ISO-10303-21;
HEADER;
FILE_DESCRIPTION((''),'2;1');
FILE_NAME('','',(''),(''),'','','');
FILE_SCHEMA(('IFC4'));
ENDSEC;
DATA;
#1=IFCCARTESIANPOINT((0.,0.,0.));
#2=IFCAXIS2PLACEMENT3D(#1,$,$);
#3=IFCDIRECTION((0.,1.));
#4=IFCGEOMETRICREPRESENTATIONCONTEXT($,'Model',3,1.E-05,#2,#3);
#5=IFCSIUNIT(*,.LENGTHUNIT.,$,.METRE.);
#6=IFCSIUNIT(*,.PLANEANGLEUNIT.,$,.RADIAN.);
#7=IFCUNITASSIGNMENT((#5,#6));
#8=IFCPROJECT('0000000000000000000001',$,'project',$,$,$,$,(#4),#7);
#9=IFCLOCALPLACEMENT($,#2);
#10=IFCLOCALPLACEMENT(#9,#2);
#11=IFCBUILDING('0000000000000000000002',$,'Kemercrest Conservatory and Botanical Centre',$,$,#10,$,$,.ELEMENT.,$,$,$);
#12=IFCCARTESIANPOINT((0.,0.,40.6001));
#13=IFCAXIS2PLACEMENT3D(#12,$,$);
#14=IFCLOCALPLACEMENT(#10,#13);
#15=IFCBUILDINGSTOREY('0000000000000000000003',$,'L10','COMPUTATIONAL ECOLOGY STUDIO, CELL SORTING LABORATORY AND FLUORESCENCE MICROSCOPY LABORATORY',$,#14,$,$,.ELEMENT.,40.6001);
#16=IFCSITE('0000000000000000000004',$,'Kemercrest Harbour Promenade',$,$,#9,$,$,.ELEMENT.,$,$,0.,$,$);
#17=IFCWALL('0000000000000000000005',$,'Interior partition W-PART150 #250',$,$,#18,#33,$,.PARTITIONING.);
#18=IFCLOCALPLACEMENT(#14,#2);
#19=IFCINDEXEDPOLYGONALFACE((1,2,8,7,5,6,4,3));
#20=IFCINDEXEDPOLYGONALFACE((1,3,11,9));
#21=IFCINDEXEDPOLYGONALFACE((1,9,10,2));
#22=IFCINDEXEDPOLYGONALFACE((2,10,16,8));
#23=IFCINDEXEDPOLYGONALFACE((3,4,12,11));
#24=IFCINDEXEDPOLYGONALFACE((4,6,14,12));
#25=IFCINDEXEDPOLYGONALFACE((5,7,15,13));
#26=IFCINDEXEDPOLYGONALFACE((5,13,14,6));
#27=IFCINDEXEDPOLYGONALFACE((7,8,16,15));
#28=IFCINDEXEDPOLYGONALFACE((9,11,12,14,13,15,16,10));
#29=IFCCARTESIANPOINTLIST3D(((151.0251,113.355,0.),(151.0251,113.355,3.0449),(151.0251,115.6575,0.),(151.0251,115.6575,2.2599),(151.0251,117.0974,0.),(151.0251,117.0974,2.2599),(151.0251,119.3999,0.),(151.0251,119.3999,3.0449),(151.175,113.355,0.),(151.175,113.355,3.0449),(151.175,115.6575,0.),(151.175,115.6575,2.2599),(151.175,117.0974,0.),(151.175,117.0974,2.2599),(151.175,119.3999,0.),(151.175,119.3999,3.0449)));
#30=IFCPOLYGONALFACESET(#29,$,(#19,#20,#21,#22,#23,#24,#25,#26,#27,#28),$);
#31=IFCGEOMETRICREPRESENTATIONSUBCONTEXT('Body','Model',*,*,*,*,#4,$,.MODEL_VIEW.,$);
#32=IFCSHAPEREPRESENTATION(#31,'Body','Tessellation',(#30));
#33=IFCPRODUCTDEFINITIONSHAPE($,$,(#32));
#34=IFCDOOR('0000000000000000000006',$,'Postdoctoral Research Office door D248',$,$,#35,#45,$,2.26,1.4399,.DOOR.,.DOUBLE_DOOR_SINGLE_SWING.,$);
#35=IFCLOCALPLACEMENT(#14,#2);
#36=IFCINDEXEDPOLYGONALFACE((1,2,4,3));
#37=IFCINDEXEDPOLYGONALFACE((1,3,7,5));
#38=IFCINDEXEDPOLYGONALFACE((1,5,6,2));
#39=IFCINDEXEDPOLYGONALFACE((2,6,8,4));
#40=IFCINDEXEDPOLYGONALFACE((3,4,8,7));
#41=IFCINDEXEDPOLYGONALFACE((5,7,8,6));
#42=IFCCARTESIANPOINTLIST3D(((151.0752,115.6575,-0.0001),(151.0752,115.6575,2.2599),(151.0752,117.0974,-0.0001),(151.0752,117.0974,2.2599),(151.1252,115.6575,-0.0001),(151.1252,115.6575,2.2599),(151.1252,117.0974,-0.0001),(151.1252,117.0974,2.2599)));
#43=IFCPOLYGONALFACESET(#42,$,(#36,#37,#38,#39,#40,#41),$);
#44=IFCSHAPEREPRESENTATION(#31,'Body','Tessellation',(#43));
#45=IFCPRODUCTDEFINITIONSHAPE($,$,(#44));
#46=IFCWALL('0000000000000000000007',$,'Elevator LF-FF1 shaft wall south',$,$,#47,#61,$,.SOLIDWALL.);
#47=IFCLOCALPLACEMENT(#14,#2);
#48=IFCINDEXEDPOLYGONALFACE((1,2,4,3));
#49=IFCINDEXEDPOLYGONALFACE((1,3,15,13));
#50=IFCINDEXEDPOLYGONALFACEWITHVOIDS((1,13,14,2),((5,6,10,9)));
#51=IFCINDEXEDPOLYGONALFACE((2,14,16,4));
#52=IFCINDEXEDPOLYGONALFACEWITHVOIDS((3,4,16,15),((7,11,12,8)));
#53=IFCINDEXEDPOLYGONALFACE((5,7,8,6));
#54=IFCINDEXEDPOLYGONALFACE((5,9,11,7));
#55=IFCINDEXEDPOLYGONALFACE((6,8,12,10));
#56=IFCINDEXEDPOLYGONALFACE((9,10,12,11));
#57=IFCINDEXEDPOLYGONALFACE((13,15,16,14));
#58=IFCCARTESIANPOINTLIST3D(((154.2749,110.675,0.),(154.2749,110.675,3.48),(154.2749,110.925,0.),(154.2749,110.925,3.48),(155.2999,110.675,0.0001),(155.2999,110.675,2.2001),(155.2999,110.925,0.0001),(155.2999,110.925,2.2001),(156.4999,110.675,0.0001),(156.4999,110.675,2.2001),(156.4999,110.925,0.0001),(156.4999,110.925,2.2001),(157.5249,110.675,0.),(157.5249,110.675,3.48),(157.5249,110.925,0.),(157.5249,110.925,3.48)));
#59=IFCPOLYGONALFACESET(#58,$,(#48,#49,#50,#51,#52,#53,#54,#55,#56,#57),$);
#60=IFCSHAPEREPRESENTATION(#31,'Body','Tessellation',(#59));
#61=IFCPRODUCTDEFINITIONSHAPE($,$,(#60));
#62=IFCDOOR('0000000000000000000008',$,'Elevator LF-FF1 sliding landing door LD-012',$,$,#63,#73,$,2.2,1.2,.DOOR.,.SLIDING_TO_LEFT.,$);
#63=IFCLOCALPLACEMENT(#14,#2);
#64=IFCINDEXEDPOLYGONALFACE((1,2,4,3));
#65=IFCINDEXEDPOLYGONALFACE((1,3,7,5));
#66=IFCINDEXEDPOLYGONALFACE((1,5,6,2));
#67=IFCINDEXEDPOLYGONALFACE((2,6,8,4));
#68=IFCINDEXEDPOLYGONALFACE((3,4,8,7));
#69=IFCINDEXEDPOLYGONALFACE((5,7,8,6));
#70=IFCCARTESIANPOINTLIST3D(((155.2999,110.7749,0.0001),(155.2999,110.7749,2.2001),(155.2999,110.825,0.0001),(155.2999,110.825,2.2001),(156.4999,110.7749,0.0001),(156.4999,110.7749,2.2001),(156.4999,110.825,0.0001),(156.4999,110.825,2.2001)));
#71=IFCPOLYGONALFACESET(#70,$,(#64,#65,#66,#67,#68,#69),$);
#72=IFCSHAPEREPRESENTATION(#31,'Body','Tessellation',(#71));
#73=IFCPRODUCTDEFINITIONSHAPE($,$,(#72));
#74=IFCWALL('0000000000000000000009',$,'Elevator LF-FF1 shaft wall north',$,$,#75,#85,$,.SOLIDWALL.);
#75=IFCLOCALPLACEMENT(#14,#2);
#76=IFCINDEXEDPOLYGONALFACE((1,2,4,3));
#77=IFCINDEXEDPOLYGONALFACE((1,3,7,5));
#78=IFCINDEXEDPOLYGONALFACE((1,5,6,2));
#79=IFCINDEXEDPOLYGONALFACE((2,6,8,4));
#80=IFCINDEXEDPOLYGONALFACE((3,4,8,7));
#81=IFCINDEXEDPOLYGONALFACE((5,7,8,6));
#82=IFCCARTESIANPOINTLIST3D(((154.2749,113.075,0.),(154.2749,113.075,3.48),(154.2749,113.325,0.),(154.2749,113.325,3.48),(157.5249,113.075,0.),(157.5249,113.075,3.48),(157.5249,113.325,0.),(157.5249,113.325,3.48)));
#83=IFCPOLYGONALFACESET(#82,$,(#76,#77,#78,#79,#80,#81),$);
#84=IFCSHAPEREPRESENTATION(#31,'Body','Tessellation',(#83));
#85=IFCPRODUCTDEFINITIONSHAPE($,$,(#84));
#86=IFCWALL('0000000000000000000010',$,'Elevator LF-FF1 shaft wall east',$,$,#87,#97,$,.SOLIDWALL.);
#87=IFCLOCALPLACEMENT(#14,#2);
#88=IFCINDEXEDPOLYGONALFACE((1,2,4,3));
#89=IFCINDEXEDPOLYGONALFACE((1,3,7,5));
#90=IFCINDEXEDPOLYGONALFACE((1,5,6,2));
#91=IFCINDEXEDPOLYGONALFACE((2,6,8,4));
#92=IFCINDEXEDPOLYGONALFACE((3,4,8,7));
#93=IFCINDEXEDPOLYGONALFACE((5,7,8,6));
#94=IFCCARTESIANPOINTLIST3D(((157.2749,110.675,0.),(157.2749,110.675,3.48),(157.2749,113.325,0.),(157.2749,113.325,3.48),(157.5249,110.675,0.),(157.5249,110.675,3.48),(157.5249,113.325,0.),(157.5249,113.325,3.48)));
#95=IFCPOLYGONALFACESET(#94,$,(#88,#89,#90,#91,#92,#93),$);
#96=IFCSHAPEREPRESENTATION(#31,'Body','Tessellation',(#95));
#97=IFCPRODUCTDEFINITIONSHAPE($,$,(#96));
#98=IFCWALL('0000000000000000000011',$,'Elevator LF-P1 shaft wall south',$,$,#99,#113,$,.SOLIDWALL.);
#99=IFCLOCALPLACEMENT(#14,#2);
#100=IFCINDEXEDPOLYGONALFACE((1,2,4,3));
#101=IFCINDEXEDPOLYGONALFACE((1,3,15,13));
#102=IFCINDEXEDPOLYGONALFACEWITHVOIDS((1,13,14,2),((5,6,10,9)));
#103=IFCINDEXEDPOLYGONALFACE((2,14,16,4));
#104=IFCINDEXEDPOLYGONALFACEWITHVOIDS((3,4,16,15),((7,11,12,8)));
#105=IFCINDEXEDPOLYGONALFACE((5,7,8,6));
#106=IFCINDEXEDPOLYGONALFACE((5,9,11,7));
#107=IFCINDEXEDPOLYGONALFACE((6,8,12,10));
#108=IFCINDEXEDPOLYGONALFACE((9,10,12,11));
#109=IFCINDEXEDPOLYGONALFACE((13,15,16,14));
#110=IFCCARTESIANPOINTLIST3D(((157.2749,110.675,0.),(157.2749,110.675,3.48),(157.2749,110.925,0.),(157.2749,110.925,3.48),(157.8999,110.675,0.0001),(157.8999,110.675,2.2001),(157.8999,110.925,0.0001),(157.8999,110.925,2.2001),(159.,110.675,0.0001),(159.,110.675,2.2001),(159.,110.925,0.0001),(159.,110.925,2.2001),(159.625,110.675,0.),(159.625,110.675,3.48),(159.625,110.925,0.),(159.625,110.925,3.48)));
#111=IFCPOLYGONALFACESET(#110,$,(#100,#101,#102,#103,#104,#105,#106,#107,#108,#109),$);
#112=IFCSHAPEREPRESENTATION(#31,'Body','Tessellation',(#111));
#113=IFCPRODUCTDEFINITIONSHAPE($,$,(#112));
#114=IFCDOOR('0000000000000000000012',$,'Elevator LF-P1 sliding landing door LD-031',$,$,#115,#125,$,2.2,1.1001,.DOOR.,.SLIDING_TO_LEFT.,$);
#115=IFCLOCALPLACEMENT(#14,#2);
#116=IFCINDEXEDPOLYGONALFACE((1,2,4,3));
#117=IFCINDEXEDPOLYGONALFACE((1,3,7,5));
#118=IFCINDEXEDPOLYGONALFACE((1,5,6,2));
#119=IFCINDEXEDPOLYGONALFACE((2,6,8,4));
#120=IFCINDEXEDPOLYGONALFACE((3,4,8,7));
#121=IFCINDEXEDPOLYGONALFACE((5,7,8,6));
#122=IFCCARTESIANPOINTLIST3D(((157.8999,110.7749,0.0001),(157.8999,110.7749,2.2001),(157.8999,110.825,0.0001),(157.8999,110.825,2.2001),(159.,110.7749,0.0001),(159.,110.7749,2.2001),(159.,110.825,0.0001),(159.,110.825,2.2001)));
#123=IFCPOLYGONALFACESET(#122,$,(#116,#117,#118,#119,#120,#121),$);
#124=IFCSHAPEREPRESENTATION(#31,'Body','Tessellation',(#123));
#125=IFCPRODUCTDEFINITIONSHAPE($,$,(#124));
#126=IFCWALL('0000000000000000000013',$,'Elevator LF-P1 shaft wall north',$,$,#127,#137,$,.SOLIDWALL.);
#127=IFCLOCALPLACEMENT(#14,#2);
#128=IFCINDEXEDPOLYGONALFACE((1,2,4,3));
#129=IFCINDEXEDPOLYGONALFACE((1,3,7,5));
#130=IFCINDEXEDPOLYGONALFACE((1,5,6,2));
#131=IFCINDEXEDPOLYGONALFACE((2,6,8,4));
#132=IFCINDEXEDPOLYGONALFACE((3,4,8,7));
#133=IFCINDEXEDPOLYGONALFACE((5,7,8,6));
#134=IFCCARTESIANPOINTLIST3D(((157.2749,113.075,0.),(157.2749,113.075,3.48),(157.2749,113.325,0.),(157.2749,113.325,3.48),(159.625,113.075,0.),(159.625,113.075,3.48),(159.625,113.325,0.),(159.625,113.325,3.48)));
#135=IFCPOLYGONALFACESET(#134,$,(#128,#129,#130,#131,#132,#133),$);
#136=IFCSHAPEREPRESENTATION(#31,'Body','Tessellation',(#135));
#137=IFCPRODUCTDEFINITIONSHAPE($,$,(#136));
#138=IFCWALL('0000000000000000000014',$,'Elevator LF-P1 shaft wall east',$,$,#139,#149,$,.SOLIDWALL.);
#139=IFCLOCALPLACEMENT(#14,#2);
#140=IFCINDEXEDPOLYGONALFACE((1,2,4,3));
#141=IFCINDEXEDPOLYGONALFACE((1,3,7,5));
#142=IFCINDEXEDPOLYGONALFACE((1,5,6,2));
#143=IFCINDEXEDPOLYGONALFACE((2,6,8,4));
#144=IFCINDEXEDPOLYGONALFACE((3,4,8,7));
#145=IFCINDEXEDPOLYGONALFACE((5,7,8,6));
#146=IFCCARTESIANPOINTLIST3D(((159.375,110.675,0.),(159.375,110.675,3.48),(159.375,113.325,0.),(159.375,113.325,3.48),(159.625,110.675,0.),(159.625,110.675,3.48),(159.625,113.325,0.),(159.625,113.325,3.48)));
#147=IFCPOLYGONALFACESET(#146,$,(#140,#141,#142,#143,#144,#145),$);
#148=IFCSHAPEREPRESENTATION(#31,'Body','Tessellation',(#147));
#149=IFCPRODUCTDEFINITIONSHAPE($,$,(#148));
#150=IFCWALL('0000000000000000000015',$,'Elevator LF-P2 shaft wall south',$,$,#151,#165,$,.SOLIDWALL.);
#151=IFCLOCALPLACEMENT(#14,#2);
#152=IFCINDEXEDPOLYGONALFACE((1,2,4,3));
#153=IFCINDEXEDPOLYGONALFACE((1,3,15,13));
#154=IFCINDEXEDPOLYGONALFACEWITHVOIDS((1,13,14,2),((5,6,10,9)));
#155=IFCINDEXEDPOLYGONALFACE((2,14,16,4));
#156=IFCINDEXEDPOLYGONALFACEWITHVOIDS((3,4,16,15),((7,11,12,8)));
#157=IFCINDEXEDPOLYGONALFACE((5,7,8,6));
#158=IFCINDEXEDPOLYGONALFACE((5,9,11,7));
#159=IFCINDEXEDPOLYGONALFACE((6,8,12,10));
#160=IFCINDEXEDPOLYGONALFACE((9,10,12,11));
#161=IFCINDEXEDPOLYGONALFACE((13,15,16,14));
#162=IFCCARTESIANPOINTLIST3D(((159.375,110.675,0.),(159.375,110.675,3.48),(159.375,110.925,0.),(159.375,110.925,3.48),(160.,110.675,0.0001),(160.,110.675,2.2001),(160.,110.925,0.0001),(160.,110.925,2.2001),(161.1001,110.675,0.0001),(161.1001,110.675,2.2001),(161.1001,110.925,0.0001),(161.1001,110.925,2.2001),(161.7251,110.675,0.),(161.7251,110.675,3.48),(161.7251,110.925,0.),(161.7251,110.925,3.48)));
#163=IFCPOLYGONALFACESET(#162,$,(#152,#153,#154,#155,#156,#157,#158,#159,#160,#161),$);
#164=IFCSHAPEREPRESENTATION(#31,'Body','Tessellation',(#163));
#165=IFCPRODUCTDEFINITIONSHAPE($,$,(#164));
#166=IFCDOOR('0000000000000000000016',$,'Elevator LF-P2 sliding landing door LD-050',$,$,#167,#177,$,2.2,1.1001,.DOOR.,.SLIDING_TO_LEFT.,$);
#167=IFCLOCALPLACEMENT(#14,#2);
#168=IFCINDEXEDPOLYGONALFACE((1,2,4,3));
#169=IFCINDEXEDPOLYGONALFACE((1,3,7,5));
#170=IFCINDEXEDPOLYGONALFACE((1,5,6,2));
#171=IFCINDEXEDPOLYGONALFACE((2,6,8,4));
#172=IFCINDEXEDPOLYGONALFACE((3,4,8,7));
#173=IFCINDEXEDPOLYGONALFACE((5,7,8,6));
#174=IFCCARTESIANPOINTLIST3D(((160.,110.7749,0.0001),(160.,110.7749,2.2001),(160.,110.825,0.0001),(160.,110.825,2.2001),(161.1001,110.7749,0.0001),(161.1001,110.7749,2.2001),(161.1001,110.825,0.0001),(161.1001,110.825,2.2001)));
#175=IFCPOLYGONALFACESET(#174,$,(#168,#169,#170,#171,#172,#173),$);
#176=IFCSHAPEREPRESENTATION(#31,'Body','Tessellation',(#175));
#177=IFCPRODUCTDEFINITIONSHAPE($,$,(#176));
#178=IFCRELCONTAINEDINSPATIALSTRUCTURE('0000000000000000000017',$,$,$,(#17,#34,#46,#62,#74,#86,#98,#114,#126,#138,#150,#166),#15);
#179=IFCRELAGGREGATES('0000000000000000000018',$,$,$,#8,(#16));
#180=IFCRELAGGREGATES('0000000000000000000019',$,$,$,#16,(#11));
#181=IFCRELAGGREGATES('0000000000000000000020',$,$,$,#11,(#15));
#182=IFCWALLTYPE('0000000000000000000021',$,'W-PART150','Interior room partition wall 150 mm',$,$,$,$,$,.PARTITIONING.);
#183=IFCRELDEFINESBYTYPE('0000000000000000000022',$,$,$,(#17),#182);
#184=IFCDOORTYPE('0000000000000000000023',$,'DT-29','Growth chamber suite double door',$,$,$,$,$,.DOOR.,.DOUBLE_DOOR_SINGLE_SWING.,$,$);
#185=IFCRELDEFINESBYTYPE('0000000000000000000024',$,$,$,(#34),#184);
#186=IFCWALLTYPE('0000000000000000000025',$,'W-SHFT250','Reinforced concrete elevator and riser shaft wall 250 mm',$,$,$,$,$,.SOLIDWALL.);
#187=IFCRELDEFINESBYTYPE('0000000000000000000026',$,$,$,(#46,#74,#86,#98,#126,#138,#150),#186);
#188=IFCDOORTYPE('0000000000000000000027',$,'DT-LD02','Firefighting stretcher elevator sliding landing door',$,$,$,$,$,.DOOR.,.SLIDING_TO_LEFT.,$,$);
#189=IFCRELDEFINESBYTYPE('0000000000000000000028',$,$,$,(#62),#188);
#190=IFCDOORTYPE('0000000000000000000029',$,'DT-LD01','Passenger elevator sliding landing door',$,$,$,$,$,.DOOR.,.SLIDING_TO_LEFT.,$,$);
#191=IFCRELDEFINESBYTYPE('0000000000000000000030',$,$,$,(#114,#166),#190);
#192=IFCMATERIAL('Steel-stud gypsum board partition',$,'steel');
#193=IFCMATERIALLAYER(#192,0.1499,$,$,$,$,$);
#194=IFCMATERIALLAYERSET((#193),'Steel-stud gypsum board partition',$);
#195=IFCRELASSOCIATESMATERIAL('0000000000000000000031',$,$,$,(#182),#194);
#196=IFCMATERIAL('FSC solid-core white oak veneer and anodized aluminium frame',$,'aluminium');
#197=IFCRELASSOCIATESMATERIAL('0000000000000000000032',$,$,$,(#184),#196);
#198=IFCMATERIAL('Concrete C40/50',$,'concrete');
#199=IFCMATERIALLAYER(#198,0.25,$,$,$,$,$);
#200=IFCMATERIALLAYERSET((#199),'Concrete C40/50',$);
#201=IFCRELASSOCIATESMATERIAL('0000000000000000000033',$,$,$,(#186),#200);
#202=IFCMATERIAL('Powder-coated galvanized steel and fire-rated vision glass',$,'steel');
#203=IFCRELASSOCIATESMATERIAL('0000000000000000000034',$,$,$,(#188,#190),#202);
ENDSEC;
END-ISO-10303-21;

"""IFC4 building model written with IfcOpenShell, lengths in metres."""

from ifc_helpers import new_model, si_unit, direction, frame, frame_2d, origin, place, context, subcontext, project, spatial, rectangle, extrude, material, layer, layer_set, type_object, element, fill, save


model = new_model("IFC4")

# Units and contexts
model_context = context("Model", 3, precision=1e-05, world=origin(), true_north=direction((0.0, 1.0)))
body_context = subcontext(model_context, "Body", "Model", "MODEL_VIEW")
ifc_project = project(units=[si_unit("LENGTHUNIT", "METRE"), si_unit("PLANEANGLEUNIT", "RADIAN")], contexts=[model_context])

# Site, building, storey
site_placement = place(None, origin())
site = spatial("IfcSite", under=ifc_project, at=site_placement, Name="Kemercrest Harbour Promenade", CompositionType="ELEMENT", RefElevation=0.0)
building_placement = place(site_placement, origin())
building = spatial("IfcBuilding", under=site, at=building_placement, Name="Kemercrest Conservatory and Botanical Centre", CompositionType="ELEMENT")
storey_placement = place(building_placement, frame((0.0, 0.0, 40.6001)))
storey = spatial("IfcBuildingStorey", under=building, at=storey_placement, Name="L10", Description="COMPUTATIONAL ECOLOGY STUDIO, CELL SORTING LABORATORY AND FLUORESCENCE MICROSCOPY LABORATORY", CompositionType="ELEMENT", Elevation=40.6001)

# Shared definitions
ifc_material_1 = material(Name="Concrete C40/50", Category="concrete")

# Walls, openings, doors
ifc_material_2 = material(Name="Steel-stud gypsum board partition", Category="steel")
ifc_layer_1 = layer(ifc_material_2, 0.1499)
ifc_layer_set_1 = layer_set([ifc_layer_1], Name="Steel-stud gypsum board partition")
wall_type_1 = type_object("IfcWallType", Name="W-PART150", Description="Interior room partition wall 150 mm", PredefinedType="PARTITIONING", material=ifc_layer_set_1)
wall_1_placement = place(storey_placement, frame((151.1001, 113.355, 0.0), z_axis=(0.0, 0.0, 1.0), x_axis=(0.0, 1.0, 0.0)))
wall_1 = element("IfcWall", 1, at=wall_1_placement, inside=storey, type_object=wall_type_1, Name="Interior partition W-PART150 #250", PredefinedType="PARTITIONING", context=body_context, shape_type="SweptSolid", body=[
    extrude(rectangle(XDim=6.0449, YDim=0.1499, at=frame_2d((3.0225, 0.0))), origin(), (0.0, 0.0, 1.0), 3.0449),
])
opening_1_placement = place(wall_1_placement, frame((2.3025, 0.0, 0.0)))
opening_1 = element("IfcOpeningElement", 2, at=opening_1_placement, cuts=wall_1, PredefinedType="OPENING", context=body_context, shape_type="SweptSolid", body=[
    extrude(rectangle(XDim=1.4399, YDim=2.26, at=frame_2d((0.72, 1.1299))), frame((0.0, 0.085, 0.0), z_axis=(0.0, -1.0, 0.0), x_axis=(1.0, 0.0, 0.0)), (0.0, 0.0, 1.0), 0.1699),
])
ifc_material_3 = material(Name="FSC solid-core white oak veneer and anodized aluminium frame", Category="aluminium")
door_type_1 = type_object("IfcDoorType", Name="DT-29", Description="Growth chamber suite double door", OperationType="DOUBLE_DOOR_SINGLE_SWING", PredefinedType="DOOR", material=ifc_material_3)
door_1_placement = place(opening_1_placement, origin())
door_1 = element("IfcDoor", 3, at=door_1_placement, inside=storey, type_object=door_type_1, Name="Postdoctoral Research Office door D248", OperationType="DOUBLE_DOOR_SINGLE_SWING", OverallHeight=2.26, OverallWidth=1.4399, PredefinedType="DOOR", context=body_context, shape_type="SweptSolid", body=[
    extrude(rectangle(XDim=1.4399, YDim=2.26, at=frame_2d((0.72, 1.1299))), frame((0.0, 0.0249, 0.0), z_axis=(0.0, -1.0, 0.0), x_axis=(1.0, 0.0, 0.0)), (0.0, 0.0, 1.0), 0.05),
])
fill(opening_1, door_1)
ifc_layer_2 = layer(ifc_material_1, 0.25)
ifc_layer_set_2 = layer_set([ifc_layer_2], Name="Concrete C40/50")
wall_type_2 = type_object("IfcWallType", Name="W-SHFT250", Description="Reinforced concrete elevator and riser shaft wall 250 mm", PredefinedType="SOLIDWALL", material=ifc_layer_set_2)
wall_2_placement = place(storey_placement, frame((154.2749, 110.8, 0.0), z_axis=(0.0, 0.0, 1.0), x_axis=(1.0, 0.0, 0.0)))
wall_2 = element("IfcWall", 4, at=wall_2_placement, inside=storey, type_object=wall_type_2, Name="Elevator LF-FF1 shaft wall south", PredefinedType="SOLIDWALL", context=body_context, shape_type="SweptSolid", body=[
    extrude(rectangle(XDim=3.25, YDim=0.25, at=frame_2d((1.625, 0.0))), origin(), (0.0, 0.0, 1.0), 3.48),
])
opening_2_placement = place(wall_2_placement, frame((1.0249, 0.0, 0.0)))
opening_2 = element("IfcOpeningElement", 5, at=opening_2_placement, cuts=wall_2, PredefinedType="OPENING", context=body_context, shape_type="SweptSolid", body=[
    extrude(rectangle(XDim=1.2, YDim=2.2, at=frame_2d((0.6001, 1.1001))), frame((0.0, 0.135, 0.0), z_axis=(0.0, -1.0, 0.0), x_axis=(1.0, 0.0, 0.0)), (0.0, 0.0, 1.0), 0.27),
])
ifc_material_4 = material(Name="Powder-coated galvanized steel and fire-rated vision glass", Category="steel")
door_type_2 = type_object("IfcDoorType", Name="DT-LD02", Description="Firefighting stretcher elevator sliding landing door", OperationType="SLIDING_TO_LEFT", PredefinedType="DOOR", material=ifc_material_4)
door_2_placement = place(opening_2_placement, origin())
door_2 = element("IfcDoor", 6, at=door_2_placement, inside=storey, type_object=door_type_2, Name="Elevator LF-FF1 sliding landing door LD-012", OperationType="SLIDING_TO_LEFT", OverallHeight=2.2, OverallWidth=1.2, PredefinedType="DOOR", context=body_context, shape_type="SweptSolid", body=[
    extrude(rectangle(XDim=1.2, YDim=2.2, at=frame_2d((0.6001, 1.1001))), frame((0.0, 0.0249, 0.0), z_axis=(0.0, -1.0, 0.0), x_axis=(1.0, 0.0, 0.0)), (0.0, 0.0, 1.0), 0.05),
])
fill(opening_2, door_2)

# Walls
wall_3_placement = place(storey_placement, frame((154.2749, 113.2, 0.0), z_axis=(0.0, 0.0, 1.0), x_axis=(1.0, 0.0, 0.0)))
element("IfcWall", 7, at=wall_3_placement, inside=storey, type_object=wall_type_2, Name="Elevator LF-FF1 shaft wall north", PredefinedType="SOLIDWALL", context=body_context, shape_type="SweptSolid", body=[
    extrude(rectangle(XDim=3.25, YDim=0.25, at=frame_2d((1.625, 0.0))), origin(), (0.0, 0.0, 1.0), 3.48),
])
wall_4_placement = place(storey_placement, frame((157.3999, 110.675, 0.0), z_axis=(0.0, 0.0, 1.0), x_axis=(0.0, 1.0, 0.0)))
element("IfcWall", 8, at=wall_4_placement, inside=storey, type_object=wall_type_2, Name="Elevator LF-FF1 shaft wall east", PredefinedType="SOLIDWALL", context=body_context, shape_type="SweptSolid", body=[
    extrude(rectangle(XDim=2.6499, YDim=0.25, at=frame_2d((1.325, 0.0))), origin(), (0.0, 0.0, 1.0), 3.48),
])

# Wall, opening, door
wall_5_placement = place(storey_placement, frame((157.2749, 110.8, 0.0), z_axis=(0.0, 0.0, 1.0), x_axis=(1.0, 0.0, 0.0)))
wall_5 = element("IfcWall", 9, at=wall_5_placement, inside=storey, type_object=wall_type_2, Name="Elevator LF-P1 shaft wall south", PredefinedType="SOLIDWALL", context=body_context, shape_type="SweptSolid", body=[
    extrude(rectangle(XDim=2.3501, YDim=0.25, at=frame_2d((1.175, 0.0))), origin(), (0.0, 0.0, 1.0), 3.48),
])
opening_3_placement = place(wall_5_placement, frame((0.625, 0.0, 0.0)))
opening_3 = element("IfcOpeningElement", 10, at=opening_3_placement, cuts=wall_5, PredefinedType="OPENING", context=body_context, shape_type="SweptSolid", body=[
    extrude(rectangle(XDim=1.1001, YDim=2.2, at=frame_2d((0.55, 1.1001))), frame((0.0, 0.135, 0.0), z_axis=(0.0, -1.0, 0.0), x_axis=(1.0, 0.0, 0.0)), (0.0, 0.0, 1.0), 0.27),
])
door_type_3 = type_object("IfcDoorType", Name="DT-LD01", Description="Passenger elevator sliding landing door", OperationType="SLIDING_TO_LEFT", PredefinedType="DOOR", material=ifc_material_4)
door_3_placement = place(opening_3_placement, origin())
door_3 = element("IfcDoor", 11, at=door_3_placement, inside=storey, type_object=door_type_3, Name="Elevator LF-P1 sliding landing door LD-031", OperationType="SLIDING_TO_LEFT", OverallHeight=2.2, OverallWidth=1.1001, PredefinedType="DOOR", context=body_context, shape_type="SweptSolid", body=[
    extrude(rectangle(XDim=1.1001, YDim=2.2, at=frame_2d((0.55, 1.1001))), frame((0.0, 0.0249, 0.0), z_axis=(0.0, -1.0, 0.0), x_axis=(1.0, 0.0, 0.0)), (0.0, 0.0, 1.0), 0.05),
])
fill(opening_3, door_3)

# Walls
wall_6_placement = place(storey_placement, frame((157.2749, 113.2, 0.0), z_axis=(0.0, 0.0, 1.0), x_axis=(1.0, 0.0, 0.0)))
element("IfcWall", 12, at=wall_6_placement, inside=storey, type_object=wall_type_2, Name="Elevator LF-P1 shaft wall north", PredefinedType="SOLIDWALL", context=body_context, shape_type="SweptSolid", body=[
    extrude(rectangle(XDim=2.3501, YDim=0.25, at=frame_2d((1.175, 0.0))), origin(), (0.0, 0.0, 1.0), 3.48),
])
wall_7_placement = place(storey_placement, frame((159.5, 110.675, 0.0), z_axis=(0.0, 0.0, 1.0), x_axis=(0.0, 1.0, 0.0)))
element("IfcWall", 13, at=wall_7_placement, inside=storey, type_object=wall_type_2, Name="Elevator LF-P1 shaft wall east", PredefinedType="SOLIDWALL", context=body_context, shape_type="SweptSolid", body=[
    extrude(rectangle(XDim=2.6499, YDim=0.25, at=frame_2d((1.325, 0.0))), origin(), (0.0, 0.0, 1.0), 3.48),
])

# Wall, opening, door
wall_8_placement = place(storey_placement, frame((159.375, 110.8, 0.0), z_axis=(0.0, 0.0, 1.0), x_axis=(1.0, 0.0, 0.0)))
wall_8 = element("IfcWall", 14, at=wall_8_placement, inside=storey, type_object=wall_type_2, Name="Elevator LF-P2 shaft wall south", PredefinedType="SOLIDWALL", context=body_context, shape_type="SweptSolid", body=[
    extrude(rectangle(XDim=2.3501, YDim=0.25, at=frame_2d((1.175, 0.0))), origin(), (0.0, 0.0, 1.0), 3.48),
])
opening_4_placement = place(wall_8_placement, frame((0.625, 0.0, 0.0)))
opening_4 = element("IfcOpeningElement", 15, at=opening_4_placement, cuts=wall_8, PredefinedType="OPENING", context=body_context, shape_type="SweptSolid", body=[
    extrude(rectangle(XDim=1.1001, YDim=2.2, at=frame_2d((0.55, 1.1001))), frame((0.0, 0.135, 0.0), z_axis=(0.0, -1.0, 0.0), x_axis=(1.0, 0.0, 0.0)), (0.0, 0.0, 1.0), 0.27),
])
door_4_placement = place(opening_4_placement, origin())
door_4 = element("IfcDoor", 16, at=door_4_placement, inside=storey, type_object=door_type_3, Name="Elevator LF-P2 sliding landing door LD-050", OperationType="SLIDING_TO_LEFT", OverallHeight=2.2, OverallWidth=1.1001, PredefinedType="DOOR", context=body_context, shape_type="SweptSolid", body=[
    extrude(rectangle(XDim=1.1001, YDim=2.2, at=frame_2d((0.55, 1.1001))), frame((0.0, 0.0249, 0.0), z_axis=(0.0, -1.0, 0.0), x_axis=(1.0, 0.0, 0.0)), (0.0, 0.0, 1.0), 0.05),
])
fill(opening_4, door_4)

save(model, "model.ifc")
